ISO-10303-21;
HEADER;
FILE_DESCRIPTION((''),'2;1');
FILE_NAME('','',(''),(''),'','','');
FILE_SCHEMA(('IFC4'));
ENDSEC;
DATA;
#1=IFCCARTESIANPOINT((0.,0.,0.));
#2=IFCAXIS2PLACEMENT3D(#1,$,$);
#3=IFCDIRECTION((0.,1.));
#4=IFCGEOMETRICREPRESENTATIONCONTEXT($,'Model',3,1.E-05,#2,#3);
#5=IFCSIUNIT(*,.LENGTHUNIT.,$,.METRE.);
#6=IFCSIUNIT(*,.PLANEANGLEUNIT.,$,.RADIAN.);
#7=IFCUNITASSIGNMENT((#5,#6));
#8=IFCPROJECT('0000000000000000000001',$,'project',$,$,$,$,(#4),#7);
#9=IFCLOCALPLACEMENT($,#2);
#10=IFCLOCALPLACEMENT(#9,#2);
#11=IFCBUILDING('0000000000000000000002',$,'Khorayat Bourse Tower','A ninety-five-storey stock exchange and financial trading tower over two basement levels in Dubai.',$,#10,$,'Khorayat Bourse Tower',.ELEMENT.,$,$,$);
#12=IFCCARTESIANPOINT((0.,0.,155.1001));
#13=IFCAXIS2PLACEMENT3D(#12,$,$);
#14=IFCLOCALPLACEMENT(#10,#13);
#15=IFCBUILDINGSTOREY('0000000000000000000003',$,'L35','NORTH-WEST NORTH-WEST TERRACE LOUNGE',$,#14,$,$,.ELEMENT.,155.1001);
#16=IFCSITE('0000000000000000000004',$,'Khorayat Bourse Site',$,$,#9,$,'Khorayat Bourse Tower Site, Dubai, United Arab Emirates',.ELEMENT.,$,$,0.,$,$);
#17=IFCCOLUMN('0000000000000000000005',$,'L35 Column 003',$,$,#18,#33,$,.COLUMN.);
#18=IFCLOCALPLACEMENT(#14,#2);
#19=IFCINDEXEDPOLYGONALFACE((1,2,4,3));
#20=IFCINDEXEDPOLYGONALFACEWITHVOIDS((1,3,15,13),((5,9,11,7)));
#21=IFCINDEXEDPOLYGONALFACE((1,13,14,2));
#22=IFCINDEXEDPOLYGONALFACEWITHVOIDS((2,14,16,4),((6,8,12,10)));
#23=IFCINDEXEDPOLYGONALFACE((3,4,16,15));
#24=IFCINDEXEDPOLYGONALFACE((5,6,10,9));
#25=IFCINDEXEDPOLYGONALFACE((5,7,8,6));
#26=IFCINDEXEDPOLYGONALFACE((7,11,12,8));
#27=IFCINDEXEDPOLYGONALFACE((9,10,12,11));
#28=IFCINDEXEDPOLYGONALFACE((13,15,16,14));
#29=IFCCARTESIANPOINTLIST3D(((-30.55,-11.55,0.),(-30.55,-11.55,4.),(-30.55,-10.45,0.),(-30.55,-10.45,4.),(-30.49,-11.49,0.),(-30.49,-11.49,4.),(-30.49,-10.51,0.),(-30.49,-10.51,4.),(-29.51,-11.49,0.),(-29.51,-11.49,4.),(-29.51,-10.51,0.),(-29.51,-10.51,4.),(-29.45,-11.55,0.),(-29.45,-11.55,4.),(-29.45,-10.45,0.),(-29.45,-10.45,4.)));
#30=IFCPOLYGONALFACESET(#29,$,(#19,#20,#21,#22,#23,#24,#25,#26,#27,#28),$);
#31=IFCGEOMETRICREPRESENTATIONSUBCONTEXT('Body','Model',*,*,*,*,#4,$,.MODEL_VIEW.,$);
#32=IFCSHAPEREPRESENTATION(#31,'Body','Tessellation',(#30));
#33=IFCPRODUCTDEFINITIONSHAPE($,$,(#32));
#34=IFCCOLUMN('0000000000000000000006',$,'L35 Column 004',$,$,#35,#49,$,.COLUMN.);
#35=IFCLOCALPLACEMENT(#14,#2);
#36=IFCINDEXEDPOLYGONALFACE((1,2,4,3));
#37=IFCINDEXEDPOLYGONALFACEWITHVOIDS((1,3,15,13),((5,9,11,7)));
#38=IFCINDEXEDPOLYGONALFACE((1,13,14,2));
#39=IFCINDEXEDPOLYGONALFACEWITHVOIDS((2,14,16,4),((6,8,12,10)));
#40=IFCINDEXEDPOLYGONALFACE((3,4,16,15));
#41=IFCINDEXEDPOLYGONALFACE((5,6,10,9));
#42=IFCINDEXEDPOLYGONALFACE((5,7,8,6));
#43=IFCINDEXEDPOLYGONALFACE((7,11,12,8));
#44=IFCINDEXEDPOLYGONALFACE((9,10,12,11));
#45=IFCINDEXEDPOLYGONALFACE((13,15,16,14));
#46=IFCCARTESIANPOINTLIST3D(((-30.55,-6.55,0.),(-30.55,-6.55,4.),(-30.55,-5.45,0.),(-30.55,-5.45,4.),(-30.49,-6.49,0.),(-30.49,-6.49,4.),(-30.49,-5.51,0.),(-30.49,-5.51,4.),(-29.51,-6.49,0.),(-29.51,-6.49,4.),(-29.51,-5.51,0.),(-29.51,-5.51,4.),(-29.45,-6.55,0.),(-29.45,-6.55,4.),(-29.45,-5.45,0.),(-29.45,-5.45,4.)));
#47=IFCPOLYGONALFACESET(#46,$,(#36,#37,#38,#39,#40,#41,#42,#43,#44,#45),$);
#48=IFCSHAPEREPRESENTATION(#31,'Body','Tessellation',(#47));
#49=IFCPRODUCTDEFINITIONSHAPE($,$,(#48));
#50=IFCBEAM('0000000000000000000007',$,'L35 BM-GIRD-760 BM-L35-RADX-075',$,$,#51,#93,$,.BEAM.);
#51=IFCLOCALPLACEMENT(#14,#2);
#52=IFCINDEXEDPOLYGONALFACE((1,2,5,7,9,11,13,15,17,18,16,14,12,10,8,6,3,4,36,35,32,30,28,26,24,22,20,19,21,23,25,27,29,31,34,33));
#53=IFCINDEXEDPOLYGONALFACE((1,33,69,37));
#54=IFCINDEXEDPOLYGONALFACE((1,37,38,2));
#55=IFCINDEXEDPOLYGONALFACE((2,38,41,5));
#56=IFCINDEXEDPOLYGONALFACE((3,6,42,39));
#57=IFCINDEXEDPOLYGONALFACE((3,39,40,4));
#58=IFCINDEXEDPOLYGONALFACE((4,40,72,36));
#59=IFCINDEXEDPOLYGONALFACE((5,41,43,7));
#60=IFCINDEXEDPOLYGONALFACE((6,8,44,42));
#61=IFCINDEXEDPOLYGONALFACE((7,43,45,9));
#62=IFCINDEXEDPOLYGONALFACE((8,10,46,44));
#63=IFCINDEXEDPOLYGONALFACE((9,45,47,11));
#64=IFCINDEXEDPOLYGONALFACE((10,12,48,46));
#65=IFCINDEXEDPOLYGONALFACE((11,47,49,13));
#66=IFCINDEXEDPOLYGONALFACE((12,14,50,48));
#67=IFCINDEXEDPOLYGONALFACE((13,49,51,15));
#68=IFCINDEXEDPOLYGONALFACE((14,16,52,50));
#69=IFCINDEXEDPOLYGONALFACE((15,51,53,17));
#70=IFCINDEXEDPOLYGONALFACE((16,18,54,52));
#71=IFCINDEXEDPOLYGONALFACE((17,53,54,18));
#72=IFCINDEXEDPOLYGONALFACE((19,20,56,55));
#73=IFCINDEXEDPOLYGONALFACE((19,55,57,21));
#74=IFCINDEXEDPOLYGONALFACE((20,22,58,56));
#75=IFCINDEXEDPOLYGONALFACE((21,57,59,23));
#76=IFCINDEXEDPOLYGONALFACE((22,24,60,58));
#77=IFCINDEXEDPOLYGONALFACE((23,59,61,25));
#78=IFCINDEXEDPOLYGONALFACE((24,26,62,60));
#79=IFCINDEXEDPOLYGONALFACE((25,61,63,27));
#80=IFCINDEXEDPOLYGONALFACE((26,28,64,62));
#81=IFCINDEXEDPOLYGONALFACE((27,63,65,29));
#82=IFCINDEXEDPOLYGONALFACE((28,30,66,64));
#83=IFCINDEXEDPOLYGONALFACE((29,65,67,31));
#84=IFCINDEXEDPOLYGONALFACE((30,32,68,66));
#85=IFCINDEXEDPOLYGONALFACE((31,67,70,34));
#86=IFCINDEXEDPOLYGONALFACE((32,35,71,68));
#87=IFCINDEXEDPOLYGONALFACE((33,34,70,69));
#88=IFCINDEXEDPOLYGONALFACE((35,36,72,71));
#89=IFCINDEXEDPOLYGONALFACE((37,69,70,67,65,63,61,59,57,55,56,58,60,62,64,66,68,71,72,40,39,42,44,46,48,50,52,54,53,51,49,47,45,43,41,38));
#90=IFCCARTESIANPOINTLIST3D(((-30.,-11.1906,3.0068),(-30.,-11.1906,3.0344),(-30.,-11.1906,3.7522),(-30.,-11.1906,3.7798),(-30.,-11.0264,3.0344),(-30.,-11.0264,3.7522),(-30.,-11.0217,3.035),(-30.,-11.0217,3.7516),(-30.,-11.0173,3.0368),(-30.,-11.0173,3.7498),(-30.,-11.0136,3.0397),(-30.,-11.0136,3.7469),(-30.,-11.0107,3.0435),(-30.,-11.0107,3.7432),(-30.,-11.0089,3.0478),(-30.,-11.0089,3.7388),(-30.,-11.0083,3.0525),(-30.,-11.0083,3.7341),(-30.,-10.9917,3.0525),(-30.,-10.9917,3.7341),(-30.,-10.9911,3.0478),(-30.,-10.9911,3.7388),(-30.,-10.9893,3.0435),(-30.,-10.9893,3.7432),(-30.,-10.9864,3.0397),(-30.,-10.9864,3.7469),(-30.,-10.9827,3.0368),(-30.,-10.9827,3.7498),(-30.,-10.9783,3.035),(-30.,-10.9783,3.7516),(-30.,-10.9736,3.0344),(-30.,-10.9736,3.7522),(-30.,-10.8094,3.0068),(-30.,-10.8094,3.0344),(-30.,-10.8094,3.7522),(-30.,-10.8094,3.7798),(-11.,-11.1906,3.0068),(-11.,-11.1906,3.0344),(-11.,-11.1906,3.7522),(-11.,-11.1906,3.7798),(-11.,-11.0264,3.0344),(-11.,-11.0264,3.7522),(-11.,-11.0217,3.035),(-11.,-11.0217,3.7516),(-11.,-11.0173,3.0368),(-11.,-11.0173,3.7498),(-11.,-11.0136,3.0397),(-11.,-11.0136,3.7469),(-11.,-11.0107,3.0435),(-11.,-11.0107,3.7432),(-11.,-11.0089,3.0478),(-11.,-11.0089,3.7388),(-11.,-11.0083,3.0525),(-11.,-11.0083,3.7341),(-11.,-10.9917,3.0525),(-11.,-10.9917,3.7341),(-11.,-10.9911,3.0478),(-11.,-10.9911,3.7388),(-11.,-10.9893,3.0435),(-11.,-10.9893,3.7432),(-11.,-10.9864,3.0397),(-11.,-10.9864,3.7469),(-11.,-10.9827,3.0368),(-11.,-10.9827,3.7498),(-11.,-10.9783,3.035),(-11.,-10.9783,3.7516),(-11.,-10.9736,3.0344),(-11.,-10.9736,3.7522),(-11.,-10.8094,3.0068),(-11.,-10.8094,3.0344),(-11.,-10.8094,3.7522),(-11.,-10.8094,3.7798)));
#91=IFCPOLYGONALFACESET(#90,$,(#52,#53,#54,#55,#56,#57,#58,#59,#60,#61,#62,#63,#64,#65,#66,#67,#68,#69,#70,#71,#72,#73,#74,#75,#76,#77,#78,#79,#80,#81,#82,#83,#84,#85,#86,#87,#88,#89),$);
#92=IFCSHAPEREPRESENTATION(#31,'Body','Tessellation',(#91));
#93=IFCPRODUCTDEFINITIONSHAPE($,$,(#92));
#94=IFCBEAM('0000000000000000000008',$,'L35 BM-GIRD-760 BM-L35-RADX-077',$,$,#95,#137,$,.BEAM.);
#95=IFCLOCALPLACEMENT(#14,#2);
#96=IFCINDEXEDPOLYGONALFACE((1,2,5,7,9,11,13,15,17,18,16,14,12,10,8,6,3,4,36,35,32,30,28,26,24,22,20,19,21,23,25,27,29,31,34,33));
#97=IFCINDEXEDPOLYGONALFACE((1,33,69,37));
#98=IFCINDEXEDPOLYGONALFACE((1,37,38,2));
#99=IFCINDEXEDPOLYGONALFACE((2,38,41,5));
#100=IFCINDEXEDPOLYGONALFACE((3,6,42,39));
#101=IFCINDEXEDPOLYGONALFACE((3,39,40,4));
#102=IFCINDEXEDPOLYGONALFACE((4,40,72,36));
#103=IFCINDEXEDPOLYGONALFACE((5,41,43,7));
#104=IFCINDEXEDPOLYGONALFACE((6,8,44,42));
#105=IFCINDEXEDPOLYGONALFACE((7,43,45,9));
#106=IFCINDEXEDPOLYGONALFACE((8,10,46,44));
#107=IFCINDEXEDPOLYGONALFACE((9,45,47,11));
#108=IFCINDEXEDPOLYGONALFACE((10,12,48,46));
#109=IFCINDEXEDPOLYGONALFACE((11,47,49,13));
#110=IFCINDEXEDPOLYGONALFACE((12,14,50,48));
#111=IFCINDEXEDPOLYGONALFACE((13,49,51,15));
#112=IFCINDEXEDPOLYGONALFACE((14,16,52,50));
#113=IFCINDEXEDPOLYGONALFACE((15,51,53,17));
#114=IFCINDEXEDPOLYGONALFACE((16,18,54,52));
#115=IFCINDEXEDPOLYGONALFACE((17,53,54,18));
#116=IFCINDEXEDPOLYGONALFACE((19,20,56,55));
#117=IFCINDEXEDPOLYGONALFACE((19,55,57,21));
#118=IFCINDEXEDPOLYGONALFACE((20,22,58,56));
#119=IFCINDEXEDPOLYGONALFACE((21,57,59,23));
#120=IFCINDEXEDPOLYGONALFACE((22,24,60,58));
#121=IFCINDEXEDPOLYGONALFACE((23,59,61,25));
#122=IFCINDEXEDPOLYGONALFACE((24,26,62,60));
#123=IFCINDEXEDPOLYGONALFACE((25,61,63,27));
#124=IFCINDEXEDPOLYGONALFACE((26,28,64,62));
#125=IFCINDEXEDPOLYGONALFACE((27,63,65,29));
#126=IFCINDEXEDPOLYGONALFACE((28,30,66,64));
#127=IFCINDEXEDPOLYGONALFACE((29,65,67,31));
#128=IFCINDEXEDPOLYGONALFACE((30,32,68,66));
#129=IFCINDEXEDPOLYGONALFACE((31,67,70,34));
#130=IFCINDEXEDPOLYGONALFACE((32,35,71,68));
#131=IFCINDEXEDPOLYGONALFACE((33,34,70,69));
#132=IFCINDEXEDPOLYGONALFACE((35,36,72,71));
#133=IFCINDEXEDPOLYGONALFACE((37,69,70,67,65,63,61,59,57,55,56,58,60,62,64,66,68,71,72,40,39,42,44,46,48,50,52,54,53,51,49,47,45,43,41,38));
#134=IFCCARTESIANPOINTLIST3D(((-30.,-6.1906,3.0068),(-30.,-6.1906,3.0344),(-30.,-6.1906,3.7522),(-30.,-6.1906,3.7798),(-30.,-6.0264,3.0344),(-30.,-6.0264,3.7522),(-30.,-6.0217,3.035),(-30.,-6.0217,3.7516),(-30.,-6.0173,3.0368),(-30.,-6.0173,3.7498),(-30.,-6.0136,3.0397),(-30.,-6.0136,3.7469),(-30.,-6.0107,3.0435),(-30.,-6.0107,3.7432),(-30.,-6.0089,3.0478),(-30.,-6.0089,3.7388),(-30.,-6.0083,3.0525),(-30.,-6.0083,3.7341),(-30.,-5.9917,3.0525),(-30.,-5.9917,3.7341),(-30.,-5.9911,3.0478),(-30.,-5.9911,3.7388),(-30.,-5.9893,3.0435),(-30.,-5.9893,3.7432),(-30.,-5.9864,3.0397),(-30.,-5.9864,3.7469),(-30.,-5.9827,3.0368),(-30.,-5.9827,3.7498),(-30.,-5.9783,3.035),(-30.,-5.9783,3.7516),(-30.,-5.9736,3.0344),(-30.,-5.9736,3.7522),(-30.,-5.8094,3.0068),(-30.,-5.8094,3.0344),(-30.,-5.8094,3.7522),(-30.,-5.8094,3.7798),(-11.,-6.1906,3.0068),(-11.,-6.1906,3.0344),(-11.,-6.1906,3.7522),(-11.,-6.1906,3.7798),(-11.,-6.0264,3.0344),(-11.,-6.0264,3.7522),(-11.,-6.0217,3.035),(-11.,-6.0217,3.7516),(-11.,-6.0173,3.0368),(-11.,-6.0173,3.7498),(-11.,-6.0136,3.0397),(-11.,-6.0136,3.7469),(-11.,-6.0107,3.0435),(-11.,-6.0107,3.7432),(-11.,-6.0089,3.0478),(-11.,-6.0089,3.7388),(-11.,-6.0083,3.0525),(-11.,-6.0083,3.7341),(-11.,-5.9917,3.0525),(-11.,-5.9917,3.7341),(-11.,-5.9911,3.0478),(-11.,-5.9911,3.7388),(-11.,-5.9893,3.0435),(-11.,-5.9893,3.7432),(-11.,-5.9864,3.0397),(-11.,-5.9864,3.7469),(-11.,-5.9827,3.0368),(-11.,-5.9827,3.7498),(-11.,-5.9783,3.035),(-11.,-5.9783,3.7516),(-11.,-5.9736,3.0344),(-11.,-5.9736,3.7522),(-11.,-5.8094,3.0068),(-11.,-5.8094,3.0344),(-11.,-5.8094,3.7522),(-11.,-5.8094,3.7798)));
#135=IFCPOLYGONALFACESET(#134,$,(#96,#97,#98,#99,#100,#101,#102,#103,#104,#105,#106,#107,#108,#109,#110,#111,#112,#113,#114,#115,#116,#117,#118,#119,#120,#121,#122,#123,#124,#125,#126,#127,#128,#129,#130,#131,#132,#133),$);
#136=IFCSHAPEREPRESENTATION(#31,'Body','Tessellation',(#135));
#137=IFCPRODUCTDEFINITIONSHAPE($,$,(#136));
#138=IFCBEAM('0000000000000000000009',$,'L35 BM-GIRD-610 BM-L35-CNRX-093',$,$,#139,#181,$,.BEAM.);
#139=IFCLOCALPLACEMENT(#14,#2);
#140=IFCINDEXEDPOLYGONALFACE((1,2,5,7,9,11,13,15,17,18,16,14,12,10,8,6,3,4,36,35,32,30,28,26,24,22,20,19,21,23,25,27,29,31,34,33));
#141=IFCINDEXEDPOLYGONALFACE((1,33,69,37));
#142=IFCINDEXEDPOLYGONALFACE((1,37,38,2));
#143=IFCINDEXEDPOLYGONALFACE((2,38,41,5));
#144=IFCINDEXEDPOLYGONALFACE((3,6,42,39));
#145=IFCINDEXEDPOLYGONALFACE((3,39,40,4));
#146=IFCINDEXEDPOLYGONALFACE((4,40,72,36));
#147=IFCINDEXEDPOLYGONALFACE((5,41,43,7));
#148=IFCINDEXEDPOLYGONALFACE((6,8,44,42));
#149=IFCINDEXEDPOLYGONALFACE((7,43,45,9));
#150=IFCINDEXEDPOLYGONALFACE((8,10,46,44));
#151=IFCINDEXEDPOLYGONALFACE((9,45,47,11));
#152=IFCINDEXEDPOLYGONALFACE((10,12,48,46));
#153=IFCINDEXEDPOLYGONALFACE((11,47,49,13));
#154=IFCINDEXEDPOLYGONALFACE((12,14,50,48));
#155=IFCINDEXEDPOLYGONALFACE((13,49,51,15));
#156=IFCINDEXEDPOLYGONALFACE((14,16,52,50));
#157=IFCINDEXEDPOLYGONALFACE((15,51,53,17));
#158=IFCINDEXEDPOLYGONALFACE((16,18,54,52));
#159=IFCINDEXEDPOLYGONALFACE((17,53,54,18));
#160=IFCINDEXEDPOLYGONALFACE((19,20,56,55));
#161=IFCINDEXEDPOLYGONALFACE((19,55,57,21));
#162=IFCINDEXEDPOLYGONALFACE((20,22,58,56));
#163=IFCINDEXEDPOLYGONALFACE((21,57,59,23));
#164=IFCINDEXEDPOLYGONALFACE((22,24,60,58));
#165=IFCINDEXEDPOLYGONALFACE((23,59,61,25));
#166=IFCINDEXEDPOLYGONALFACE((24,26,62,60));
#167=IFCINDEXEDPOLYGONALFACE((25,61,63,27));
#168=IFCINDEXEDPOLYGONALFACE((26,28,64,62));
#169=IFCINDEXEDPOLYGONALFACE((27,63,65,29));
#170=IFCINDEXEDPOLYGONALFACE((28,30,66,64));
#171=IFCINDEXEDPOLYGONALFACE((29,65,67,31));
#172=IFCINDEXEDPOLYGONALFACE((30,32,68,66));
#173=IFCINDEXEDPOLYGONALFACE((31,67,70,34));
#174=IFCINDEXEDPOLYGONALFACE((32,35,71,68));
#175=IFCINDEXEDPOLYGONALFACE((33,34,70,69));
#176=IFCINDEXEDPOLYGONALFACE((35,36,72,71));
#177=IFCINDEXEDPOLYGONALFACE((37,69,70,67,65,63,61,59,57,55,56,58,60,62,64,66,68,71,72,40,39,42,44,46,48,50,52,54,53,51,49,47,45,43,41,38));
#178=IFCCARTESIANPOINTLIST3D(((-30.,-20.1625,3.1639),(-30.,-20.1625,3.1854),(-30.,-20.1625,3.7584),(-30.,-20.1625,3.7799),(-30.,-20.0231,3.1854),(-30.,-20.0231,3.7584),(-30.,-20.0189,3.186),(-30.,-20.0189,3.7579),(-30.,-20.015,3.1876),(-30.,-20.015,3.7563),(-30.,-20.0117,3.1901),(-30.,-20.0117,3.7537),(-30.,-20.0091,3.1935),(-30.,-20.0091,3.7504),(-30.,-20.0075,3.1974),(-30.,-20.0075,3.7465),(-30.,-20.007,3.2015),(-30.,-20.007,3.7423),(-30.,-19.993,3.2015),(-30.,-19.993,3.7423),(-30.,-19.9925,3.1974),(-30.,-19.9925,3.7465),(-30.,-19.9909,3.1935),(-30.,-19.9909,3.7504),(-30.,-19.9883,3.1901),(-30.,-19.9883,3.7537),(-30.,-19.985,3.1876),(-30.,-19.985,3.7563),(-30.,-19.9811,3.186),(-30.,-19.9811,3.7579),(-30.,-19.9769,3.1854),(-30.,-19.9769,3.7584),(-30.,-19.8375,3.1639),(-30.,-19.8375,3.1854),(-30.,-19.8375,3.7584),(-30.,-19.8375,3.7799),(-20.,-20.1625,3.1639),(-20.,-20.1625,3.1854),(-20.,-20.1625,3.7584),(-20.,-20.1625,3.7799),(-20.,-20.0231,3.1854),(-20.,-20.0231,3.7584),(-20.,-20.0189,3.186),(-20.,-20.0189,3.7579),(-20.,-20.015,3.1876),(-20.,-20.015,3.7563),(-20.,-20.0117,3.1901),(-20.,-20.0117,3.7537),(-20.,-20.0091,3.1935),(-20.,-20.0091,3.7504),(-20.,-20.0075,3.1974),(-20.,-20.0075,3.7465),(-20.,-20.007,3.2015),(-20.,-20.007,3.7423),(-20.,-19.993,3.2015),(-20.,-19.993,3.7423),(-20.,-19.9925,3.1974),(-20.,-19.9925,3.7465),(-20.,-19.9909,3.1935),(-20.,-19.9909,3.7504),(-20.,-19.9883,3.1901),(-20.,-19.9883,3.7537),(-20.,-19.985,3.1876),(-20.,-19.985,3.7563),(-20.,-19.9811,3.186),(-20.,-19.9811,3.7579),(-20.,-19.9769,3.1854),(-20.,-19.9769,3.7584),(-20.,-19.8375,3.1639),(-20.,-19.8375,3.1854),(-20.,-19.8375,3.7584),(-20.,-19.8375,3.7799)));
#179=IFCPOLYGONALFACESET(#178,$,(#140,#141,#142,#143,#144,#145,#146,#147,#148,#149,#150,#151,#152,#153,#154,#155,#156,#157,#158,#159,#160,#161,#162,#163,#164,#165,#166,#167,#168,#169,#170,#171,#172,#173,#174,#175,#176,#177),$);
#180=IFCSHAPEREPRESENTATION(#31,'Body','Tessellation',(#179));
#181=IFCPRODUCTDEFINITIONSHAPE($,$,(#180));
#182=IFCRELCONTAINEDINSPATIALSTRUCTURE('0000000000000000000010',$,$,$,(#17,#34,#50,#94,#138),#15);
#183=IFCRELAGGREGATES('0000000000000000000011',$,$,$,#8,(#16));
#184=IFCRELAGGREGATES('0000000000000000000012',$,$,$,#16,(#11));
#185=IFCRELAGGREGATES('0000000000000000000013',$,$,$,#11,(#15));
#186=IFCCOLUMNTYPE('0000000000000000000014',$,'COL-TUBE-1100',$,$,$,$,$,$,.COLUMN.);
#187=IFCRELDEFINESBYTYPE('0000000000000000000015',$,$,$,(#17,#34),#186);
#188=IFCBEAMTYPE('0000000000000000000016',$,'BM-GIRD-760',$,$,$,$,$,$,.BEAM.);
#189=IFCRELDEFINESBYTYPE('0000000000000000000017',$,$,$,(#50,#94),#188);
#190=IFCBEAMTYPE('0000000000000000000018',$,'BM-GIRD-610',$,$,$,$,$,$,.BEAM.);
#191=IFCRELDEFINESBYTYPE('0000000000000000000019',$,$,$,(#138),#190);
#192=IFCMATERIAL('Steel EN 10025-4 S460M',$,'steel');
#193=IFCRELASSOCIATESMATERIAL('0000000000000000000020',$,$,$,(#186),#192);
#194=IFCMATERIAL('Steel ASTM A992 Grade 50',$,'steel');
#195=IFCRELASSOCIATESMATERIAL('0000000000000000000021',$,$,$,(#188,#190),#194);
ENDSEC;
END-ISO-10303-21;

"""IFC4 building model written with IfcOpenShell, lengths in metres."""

from ifc_helpers import new_model, si_unit, direction, frame, origin, origin_2d, place, context, subcontext, project, spatial, hollow_rectangle, i_section, extrude, source, transform, mapped, material, material_profile, profile_set, type_object, element, save


model = new_model("IFC4")

# Units and contexts
model_context = context("Model", 3, precision=1e-05, world=origin(), true_north=direction((0.0, 1.0)))
body_context = subcontext(model_context, "Body", "Model", "MODEL_VIEW")
ifc_project = project(units=[si_unit("LENGTHUNIT", "METRE"), si_unit("PLANEANGLEUNIT", "RADIAN")], contexts=[model_context])

# Site, building, storey
site_placement = place(None, origin())
site = spatial("IfcSite", under=ifc_project, at=site_placement, Name="Khorayat Bourse Site", LongName="Khorayat Bourse Tower Site, Dubai, United Arab Emirates", CompositionType="ELEMENT", RefElevation=0.0)
building_placement = place(site_placement, origin())
building = spatial("IfcBuilding", under=site, at=building_placement, Name="Khorayat Bourse Tower", Description="A ninety-five-storey stock exchange and financial trading tower over two basement levels in Dubai.", LongName="Khorayat Bourse Tower", CompositionType="ELEMENT")
storey_placement = place(building_placement, frame((0.0, 0.0, 155.1001)))
storey = spatial("IfcBuildingStorey", under=building, at=storey_placement, Name="L35", Description="NORTH-WEST NORTH-WEST TERRACE LOUNGE", CompositionType="ELEMENT", Elevation=155.1001)

# Columns
ifc_material_1 = material(Name="Steel EN 10025-4 S460M", Category="steel")
ifc_material_profile_1 = material_profile(ifc_material_1, hollow_rectangle(XDim=1.1001, YDim=1.1001, WallThickness=0.0601, at=origin_2d()), Name="BOX 1100x1100x60")
ifc_profile_set_1 = profile_set([ifc_material_profile_1], Name="Steel EN 10025-4 S460M")
column_type = type_object("IfcColumnType", Name="COL-TUBE-1100", PredefinedType="COLUMN", material=ifc_profile_set_1)
shared_shape_1 = source(origin(), body_context, "Body", "SweptSolid", [
    extrude(hollow_rectangle(XDim=1.1001, YDim=1.1001, WallThickness=0.0601, at=origin_2d()), origin(), (0.0, 0.0, 1.0), 4.0),
])
for number, where, z_axis, x_axis, name in (
    (1, (-30.0, -11.0, 0.0), (0.0, 0.0, 1.0), (1.0, 0.0, 0.0), "L35 Column 003"),
    (2, (-30.0, -6.0, 0.0), (0.0, 0.0, 1.0), (1.0, 0.0, 0.0), "L35 Column 004"),
):
    element("IfcColumn", number, at=place(storey_placement, frame(where, z_axis=z_axis, x_axis=x_axis)), inside=storey, type_object=column_type, Name=name, PredefinedType="COLUMN", context=body_context, shape_type="MappedRepresentation", body=[
        mapped(shared_shape_1, transform((0.0, 0.0, 0.0), scale=1.0)),
    ])

# Beams
ifc_material_2 = material(Name="Steel ASTM A992 Grade 50", Category="steel")
ifc_material_profile_2 = material_profile(ifc_material_2, i_section(OverallWidth=0.3811, OverallDepth=0.7729, WebThickness=0.0166, FlangeThickness=0.0276, FilletRadius=0.0181, at=origin_2d()), Name="W760X257")
ifc_profile_set_2 = profile_set([ifc_material_profile_2], Name="Steel ASTM A992 Grade 50")
beam_type_1 = type_object("IfcBeamType", Name="BM-GIRD-760", PredefinedType="BEAM", material=ifc_profile_set_2)
shared_shape_2 = source(origin(), body_context, "Body", "SweptSolid", [
    extrude(i_section(OverallWidth=0.3811, OverallDepth=0.7729, WebThickness=0.0166, FlangeThickness=0.0276, FilletRadius=0.0181, at=origin_2d()), origin(), (0.0, 0.0, 1.0), 19.0),
])
for number, where, z_axis, x_axis, name in (
    (3, (-30.0, -11.0, 3.3933), (1.0, 0.0, 0.0), (0.0, 1.0, 0.0), "L35 BM-GIRD-760 BM-L35-RADX-075"),
    (4, (-30.0, -6.0, 3.3933), (1.0, 0.0, 0.0), (0.0, 1.0, 0.0), "L35 BM-GIRD-760 BM-L35-RADX-077"),
):
    element("IfcBeam", number, at=place(storey_placement, frame(where, z_axis=z_axis, x_axis=x_axis)), inside=storey, type_object=beam_type_1, Name=name, PredefinedType="BEAM", context=body_context, shape_type="MappedRepresentation", body=[
        mapped(shared_shape_2, transform((0.0, 0.0, 0.0), scale=1.0)),
    ])
ifc_material_profile_3 = material_profile(ifc_material_2, i_section(OverallWidth=0.325, OverallDepth=0.616, WebThickness=0.0139, FlangeThickness=0.0215, FilletRadius=0.0161, at=origin_2d()), Name="W610X174")
ifc_profile_set_3 = profile_set([ifc_material_profile_3], Name="Steel ASTM A992 Grade 50")
beam_type_2 = type_object("IfcBeamType", Name="BM-GIRD-610", PredefinedType="BEAM", material=ifc_profile_set_3)
shared_shape_3 = source(origin(), body_context, "Body", "SweptSolid", [
    extrude(i_section(OverallWidth=0.325, OverallDepth=0.616, WebThickness=0.0139, FlangeThickness=0.0215, FilletRadius=0.0161, at=origin_2d()), origin(), (0.0, 0.0, 1.0), 10.0),
])
beam_1_placement = place(storey_placement, frame((-30.0, -20.0, 3.4719), z_axis=(1.0, 0.0, 0.0), x_axis=(0.0, 1.0, 0.0)))
element("IfcBeam", 5, at=beam_1_placement, inside=storey, type_object=beam_type_2, Name="L35 BM-GIRD-610 BM-L35-CNRX-093", PredefinedType="BEAM", context=body_context, shape_type="MappedRepresentation", body=[
    mapped(shared_shape_3, transform((0.0, 0.0, 0.0), scale=1.0)),
])

save(model, "model.ifc")
